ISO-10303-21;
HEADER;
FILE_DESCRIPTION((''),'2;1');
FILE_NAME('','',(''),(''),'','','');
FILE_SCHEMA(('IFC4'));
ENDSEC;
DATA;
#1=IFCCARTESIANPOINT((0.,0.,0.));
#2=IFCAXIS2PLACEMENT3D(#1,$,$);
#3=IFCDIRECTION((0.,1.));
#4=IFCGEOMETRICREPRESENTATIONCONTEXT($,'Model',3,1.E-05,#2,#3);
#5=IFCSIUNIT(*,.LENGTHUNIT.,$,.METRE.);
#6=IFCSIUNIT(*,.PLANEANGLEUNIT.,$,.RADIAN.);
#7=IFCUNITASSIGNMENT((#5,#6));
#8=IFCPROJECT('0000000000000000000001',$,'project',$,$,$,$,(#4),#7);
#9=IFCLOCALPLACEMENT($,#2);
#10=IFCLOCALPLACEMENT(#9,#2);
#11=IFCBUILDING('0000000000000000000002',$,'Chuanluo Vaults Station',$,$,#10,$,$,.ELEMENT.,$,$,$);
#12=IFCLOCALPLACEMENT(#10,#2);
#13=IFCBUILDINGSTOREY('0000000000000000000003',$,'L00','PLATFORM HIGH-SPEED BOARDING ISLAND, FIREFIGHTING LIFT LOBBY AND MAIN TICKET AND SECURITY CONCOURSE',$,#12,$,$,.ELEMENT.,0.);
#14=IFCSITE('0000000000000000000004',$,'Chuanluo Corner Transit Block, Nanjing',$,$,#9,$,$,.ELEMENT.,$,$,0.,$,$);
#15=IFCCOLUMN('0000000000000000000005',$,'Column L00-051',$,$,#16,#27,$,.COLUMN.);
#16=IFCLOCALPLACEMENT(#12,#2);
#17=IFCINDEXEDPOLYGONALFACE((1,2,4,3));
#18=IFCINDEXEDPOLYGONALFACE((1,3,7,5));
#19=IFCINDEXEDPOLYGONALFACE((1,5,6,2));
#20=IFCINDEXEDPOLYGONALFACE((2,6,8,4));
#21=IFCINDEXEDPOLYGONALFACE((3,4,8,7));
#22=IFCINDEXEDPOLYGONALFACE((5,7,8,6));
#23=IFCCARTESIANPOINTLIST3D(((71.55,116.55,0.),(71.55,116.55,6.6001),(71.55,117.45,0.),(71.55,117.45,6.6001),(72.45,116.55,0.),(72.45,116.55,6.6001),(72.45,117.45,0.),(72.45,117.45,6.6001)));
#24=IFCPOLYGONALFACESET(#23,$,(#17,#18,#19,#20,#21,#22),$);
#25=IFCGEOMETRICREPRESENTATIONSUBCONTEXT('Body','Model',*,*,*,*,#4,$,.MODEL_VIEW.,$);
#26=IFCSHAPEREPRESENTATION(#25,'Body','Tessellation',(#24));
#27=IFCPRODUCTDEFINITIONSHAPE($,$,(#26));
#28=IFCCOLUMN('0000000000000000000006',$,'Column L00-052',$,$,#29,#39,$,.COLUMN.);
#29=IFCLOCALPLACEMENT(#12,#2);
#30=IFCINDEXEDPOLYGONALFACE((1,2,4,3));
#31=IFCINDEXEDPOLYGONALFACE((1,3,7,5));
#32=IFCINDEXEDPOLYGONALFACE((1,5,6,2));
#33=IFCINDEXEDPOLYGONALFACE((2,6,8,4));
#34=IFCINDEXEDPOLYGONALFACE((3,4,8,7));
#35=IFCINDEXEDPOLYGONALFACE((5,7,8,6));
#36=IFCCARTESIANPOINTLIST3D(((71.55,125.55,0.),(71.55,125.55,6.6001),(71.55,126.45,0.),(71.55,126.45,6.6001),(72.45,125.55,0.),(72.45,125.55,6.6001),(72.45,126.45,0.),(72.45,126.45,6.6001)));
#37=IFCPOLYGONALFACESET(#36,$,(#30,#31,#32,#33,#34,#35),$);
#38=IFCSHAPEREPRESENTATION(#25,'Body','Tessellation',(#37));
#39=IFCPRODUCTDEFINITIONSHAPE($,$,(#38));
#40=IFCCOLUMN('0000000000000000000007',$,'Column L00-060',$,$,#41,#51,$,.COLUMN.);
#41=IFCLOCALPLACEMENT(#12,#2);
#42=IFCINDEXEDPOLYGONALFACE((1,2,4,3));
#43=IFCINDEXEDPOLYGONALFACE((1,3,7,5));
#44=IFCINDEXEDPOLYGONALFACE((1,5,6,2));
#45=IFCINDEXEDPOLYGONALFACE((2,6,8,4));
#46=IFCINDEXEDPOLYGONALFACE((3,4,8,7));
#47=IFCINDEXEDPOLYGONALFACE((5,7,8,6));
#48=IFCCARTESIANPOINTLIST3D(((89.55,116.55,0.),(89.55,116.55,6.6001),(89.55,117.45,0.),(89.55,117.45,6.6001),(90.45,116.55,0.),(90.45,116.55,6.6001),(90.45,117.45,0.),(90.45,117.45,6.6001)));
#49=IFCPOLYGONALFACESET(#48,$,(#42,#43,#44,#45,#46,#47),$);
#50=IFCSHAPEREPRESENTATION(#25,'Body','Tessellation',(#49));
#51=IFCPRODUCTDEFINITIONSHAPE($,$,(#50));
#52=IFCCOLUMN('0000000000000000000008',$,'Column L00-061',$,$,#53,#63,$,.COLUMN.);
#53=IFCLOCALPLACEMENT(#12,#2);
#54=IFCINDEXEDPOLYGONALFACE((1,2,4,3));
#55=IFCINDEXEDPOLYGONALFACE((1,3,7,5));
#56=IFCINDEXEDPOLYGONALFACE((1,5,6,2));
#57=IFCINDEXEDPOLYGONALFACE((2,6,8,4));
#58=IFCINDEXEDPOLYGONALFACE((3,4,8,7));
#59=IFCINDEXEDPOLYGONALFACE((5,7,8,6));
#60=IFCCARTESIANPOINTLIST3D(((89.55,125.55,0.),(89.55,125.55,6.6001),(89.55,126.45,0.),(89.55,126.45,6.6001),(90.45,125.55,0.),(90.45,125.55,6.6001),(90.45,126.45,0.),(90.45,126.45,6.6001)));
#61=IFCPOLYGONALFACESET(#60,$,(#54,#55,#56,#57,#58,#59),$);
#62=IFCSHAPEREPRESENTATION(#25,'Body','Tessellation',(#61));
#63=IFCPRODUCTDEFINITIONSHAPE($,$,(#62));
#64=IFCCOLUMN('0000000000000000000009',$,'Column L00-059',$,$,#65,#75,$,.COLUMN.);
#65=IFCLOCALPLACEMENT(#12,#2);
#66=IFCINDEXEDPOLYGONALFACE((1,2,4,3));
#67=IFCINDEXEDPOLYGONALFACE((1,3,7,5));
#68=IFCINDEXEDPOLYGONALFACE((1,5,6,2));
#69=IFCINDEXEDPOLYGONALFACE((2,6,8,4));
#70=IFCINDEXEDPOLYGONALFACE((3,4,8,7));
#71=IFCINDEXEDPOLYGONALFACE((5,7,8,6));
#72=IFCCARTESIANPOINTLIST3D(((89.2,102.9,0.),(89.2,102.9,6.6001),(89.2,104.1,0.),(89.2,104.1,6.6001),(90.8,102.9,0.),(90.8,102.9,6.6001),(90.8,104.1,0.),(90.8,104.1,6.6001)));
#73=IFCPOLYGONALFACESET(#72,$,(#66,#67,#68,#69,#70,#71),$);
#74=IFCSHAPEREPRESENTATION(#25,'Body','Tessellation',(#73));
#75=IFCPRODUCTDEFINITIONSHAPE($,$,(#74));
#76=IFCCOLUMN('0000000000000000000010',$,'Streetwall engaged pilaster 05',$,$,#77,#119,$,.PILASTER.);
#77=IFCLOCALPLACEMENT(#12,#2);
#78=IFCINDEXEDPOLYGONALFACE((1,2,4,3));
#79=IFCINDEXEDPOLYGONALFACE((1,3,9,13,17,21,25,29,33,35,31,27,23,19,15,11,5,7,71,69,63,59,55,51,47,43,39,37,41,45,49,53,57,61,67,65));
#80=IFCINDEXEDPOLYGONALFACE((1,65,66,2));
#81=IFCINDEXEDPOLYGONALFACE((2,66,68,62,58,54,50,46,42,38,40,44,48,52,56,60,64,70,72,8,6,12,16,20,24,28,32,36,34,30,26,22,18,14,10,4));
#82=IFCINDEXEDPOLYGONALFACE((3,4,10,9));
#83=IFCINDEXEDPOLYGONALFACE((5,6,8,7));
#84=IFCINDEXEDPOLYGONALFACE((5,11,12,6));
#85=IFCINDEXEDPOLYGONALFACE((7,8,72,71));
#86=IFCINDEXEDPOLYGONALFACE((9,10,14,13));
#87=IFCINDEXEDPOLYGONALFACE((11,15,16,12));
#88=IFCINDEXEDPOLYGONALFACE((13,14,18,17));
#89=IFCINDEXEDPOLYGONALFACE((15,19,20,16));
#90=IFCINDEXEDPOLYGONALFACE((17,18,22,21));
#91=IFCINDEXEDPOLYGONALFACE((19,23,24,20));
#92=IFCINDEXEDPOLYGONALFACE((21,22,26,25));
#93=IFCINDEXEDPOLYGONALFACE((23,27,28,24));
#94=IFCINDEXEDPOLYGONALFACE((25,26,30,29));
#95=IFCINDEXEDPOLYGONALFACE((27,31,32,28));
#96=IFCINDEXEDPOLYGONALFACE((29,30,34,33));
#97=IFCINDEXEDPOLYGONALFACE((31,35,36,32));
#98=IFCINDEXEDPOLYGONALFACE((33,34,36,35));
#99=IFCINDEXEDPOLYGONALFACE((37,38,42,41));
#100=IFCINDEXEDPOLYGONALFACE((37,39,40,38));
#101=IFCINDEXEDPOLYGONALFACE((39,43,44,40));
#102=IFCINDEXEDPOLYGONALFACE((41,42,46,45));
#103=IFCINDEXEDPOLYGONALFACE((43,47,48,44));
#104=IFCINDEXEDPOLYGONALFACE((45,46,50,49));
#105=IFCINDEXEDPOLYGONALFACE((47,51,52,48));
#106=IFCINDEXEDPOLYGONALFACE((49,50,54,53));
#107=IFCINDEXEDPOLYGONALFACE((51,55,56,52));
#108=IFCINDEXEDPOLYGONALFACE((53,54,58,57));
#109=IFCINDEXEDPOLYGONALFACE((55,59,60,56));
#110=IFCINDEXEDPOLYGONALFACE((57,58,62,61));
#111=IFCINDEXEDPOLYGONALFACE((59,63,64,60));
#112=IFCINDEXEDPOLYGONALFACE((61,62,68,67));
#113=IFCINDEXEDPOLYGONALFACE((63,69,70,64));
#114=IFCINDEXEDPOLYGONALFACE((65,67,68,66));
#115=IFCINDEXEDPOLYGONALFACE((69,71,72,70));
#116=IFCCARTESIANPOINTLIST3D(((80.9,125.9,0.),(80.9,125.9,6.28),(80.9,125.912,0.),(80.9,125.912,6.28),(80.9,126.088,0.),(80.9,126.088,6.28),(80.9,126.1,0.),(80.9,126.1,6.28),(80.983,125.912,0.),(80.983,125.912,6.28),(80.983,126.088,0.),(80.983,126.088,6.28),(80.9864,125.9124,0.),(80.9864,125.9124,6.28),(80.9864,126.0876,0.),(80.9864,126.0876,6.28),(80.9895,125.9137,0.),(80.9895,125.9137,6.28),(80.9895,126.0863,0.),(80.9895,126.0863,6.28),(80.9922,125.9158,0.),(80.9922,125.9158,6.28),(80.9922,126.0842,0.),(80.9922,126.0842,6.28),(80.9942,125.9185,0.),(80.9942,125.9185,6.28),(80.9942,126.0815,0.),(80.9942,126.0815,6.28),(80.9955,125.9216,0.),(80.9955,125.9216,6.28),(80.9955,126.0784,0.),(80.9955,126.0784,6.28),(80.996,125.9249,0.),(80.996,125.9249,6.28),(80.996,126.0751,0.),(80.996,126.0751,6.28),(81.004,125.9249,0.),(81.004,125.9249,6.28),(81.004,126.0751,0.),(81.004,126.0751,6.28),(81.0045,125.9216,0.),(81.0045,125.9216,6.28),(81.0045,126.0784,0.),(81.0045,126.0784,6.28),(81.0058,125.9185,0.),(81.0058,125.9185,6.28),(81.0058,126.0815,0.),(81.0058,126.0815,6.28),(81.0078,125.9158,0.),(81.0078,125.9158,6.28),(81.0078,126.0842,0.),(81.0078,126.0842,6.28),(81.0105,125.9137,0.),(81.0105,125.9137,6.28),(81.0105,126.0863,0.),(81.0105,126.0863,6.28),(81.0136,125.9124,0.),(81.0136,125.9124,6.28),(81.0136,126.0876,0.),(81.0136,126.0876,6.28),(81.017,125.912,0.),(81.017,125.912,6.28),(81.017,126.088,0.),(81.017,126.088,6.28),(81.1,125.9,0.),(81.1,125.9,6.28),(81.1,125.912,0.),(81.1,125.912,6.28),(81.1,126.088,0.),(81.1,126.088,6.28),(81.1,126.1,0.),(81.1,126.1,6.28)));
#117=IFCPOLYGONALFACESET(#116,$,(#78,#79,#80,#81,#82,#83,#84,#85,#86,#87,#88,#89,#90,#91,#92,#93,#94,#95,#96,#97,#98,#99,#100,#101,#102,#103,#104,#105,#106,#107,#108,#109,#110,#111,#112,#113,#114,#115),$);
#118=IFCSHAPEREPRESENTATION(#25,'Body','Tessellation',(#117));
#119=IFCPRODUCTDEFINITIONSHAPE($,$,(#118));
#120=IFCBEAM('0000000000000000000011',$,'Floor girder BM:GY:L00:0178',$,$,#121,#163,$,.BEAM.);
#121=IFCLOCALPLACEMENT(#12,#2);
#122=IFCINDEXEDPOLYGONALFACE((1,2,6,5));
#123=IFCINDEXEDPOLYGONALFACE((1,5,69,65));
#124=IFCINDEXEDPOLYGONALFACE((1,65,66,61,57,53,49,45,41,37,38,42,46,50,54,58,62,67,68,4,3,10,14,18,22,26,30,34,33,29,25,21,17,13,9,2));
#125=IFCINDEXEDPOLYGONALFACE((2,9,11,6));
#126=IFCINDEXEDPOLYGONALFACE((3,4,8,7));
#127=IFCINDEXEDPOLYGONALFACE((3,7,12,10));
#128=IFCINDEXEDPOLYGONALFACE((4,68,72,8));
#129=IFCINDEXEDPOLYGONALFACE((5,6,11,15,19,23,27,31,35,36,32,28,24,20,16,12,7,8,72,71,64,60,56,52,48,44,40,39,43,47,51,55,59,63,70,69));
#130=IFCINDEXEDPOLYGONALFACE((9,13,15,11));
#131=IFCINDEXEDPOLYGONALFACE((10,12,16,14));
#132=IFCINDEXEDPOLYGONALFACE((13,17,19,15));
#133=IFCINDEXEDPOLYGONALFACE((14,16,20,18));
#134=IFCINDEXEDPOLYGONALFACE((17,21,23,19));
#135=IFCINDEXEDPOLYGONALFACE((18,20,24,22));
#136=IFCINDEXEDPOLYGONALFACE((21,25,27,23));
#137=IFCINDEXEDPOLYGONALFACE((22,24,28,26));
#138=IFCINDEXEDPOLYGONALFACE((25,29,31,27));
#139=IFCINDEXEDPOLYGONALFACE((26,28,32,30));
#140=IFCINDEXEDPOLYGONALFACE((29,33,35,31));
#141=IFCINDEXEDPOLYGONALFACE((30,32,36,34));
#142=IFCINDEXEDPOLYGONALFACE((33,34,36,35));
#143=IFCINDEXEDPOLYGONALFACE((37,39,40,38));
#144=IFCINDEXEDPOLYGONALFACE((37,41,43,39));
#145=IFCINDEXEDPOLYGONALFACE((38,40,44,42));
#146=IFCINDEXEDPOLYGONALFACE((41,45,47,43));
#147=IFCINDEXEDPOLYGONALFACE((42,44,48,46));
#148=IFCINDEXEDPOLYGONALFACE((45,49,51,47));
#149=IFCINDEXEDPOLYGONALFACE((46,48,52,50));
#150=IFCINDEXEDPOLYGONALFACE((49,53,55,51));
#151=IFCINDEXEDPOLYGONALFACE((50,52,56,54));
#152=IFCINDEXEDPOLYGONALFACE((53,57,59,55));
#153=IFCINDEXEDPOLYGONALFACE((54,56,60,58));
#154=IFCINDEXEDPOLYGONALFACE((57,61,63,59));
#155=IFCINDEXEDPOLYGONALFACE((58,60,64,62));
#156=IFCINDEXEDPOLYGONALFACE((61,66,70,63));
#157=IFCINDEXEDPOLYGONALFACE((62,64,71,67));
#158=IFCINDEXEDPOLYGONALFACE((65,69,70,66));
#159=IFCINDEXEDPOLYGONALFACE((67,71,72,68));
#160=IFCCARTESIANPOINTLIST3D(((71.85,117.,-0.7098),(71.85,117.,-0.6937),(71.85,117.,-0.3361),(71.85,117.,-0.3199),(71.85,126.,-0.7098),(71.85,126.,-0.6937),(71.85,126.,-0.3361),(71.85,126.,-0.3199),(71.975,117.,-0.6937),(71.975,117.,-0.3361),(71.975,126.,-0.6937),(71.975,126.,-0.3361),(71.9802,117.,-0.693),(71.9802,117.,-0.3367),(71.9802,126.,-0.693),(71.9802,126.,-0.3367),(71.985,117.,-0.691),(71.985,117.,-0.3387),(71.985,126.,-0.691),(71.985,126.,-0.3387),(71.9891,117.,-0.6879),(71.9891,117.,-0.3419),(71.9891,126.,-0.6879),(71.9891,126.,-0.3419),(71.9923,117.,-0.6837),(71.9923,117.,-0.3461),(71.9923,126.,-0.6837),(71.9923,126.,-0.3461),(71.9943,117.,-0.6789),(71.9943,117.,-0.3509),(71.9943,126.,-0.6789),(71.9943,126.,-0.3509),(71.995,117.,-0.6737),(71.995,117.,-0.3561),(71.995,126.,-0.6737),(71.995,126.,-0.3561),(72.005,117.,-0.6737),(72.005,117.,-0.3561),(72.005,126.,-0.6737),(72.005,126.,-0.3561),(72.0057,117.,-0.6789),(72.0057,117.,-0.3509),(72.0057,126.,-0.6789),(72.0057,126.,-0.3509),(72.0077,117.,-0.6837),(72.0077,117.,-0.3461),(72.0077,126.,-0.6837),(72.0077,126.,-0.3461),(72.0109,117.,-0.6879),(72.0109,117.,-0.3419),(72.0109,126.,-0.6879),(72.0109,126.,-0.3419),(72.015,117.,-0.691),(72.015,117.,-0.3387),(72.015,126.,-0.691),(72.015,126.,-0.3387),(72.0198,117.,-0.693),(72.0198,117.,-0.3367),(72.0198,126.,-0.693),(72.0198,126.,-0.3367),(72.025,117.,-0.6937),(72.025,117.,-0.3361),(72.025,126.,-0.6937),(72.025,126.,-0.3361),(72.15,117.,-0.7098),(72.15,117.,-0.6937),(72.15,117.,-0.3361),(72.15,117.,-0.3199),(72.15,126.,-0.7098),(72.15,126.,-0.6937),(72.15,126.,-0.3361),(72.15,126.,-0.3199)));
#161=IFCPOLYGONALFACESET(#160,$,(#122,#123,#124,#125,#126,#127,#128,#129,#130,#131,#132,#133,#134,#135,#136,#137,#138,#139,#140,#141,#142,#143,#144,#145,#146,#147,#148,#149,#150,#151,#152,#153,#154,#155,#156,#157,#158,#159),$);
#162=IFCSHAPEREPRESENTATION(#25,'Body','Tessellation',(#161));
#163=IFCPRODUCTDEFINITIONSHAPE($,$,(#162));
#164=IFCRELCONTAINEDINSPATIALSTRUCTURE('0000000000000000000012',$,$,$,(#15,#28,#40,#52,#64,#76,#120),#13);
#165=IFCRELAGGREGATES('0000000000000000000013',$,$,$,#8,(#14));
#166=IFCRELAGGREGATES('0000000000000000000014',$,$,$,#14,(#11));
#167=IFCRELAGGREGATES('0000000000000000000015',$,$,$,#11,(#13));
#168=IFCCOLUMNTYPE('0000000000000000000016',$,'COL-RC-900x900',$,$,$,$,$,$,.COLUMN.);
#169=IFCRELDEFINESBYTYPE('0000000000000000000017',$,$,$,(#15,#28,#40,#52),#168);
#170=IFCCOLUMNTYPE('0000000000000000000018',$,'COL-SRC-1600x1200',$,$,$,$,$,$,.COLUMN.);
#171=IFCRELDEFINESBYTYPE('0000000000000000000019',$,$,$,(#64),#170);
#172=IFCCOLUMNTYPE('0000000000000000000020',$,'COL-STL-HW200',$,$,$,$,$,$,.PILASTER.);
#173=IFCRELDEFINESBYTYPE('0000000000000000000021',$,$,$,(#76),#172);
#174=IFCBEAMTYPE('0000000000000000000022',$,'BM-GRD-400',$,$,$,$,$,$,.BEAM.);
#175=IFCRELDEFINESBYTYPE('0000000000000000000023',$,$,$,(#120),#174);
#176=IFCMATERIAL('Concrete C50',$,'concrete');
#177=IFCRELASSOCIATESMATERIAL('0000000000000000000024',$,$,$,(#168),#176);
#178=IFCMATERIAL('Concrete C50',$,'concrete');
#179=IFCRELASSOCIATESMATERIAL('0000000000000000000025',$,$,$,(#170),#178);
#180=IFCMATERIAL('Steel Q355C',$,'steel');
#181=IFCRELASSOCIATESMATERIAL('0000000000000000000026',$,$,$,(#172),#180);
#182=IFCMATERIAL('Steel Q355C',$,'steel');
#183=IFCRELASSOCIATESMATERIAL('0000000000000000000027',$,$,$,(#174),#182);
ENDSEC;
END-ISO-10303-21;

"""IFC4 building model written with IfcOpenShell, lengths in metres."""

from ifc_helpers import new_model, si_unit, direction, frame, origin, origin_2d, place, context, subcontext, project, spatial, rectangle, i_section, extrude, material, material_profile, profile_set, type_object, element, save


model = new_model("IFC4")

# Units and contexts
model_context = context("Model", 3, precision=1e-05, world=origin(), true_north=direction((0.0, 1.0)))
body_context = subcontext(model_context, "Body", "Model", "MODEL_VIEW")
ifc_project = project(units=[si_unit("LENGTHUNIT", "METRE"), si_unit("PLANEANGLEUNIT", "RADIAN")], contexts=[model_context])

# Site, building, storey
site_placement = place(None, origin())
site = spatial("IfcSite", under=ifc_project, at=site_placement, Name="Chuanluo Corner Transit Block, Nanjing", CompositionType="ELEMENT", RefElevation=0.0)
building_placement = place(site_placement, origin())
building = spatial("IfcBuilding", under=site, at=building_placement, Name="Chuanluo Vaults Station", CompositionType="ELEMENT")
storey_placement = place(building_placement, origin())
storey = spatial("IfcBuildingStorey", under=building, at=storey_placement, Name="L00", Description="PLATFORM HIGH-SPEED BOARDING ISLAND, FIREFIGHTING LIFT LOBBY AND MAIN TICKET AND SECURITY CONCOURSE", CompositionType="ELEMENT", Elevation=0.0)

# Columns
ifc_material_1 = material(Name="Concrete C50", Category="concrete")
ifc_material_profile_1 = material_profile(ifc_material_1, rectangle(XDim=0.8999, YDim=0.8999, at=origin_2d()))
ifc_profile_set_1 = profile_set([ifc_material_profile_1], Name="Concrete C50")
column_type_1 = type_object("IfcColumnType", Name="COL-RC-900x900", PredefinedType="COLUMN", material=ifc_profile_set_1)
for number, where, z_axis, x_axis, name in (
    (1, (72.0, 117.0, 0.0), (0.0, 0.0, 1.0), (1.0, 0.0, 0.0), "Column L00-051"),
    (2, (72.0, 126.0, 0.0), (0.0, 0.0, 1.0), (1.0, 0.0, 0.0), "Column L00-052"),
    (3, (90.0, 117.0, 0.0), (0.0, 0.0, 1.0), (1.0, 0.0, 0.0), "Column L00-060"),
    (4, (90.0, 126.0, 0.0), (0.0, 0.0, 1.0), (1.0, 0.0, 0.0), "Column L00-061"),
):
    element("IfcColumn", number, at=place(storey_placement, frame(where, z_axis=z_axis, x_axis=x_axis)), inside=storey, type_object=column_type_1, Name=name, PredefinedType="COLUMN", context=body_context, shape_type="SweptSolid", body=[
        extrude(rectangle(XDim=0.8999, YDim=0.8999, at=origin_2d()), origin(), (0.0, 0.0, 1.0), 6.6001),
    ])
ifc_material_2 = material(Name="Concrete C50", Category="concrete")
ifc_material_profile_2 = material_profile(ifc_material_2, rectangle(XDim=1.6001, YDim=1.2, at=origin_2d()))
ifc_profile_set_2 = profile_set([ifc_material_profile_2], Name="Concrete C50")
column_type_2 = type_object("IfcColumnType", Name="COL-SRC-1600x1200", PredefinedType="COLUMN", material=ifc_profile_set_2)
column_1_placement = place(storey_placement, frame((90.0, 103.5, 0.0), z_axis=(0.0, 0.0, 1.0), x_axis=(1.0, 0.0, 0.0)))
element("IfcColumn", 5, at=column_1_placement, inside=storey, type_object=column_type_2, Name="Column L00-059", PredefinedType="COLUMN", context=body_context, shape_type="SweptSolid", body=[
    extrude(rectangle(XDim=1.6001, YDim=1.2, at=origin_2d()), origin(), (0.0, 0.0, 1.0), 6.6001),
])
ifc_material_3 = material(Name="Steel Q355C", Category="steel")
ifc_material_profile_3 = material_profile(ifc_material_3, i_section(OverallWidth=0.2, OverallDepth=0.2, WebThickness=0.0081, FlangeThickness=0.012, FilletRadius=0.0129, at=origin_2d()))
ifc_profile_set_3 = profile_set([ifc_material_profile_3], Name="Steel Q355C")
column_type_3 = type_object("IfcColumnType", Name="COL-STL-HW200", PredefinedType="PILASTER", material=ifc_profile_set_3)
column_2_placement = place(storey_placement, frame((81.0, 126.0, 0.0), z_axis=(0.0, 0.0, 1.0), x_axis=(1.0, 0.0, 0.0)))
element("IfcColumn", 6, at=column_2_placement, inside=storey, type_object=column_type_3, Name="Streetwall engaged pilaster 05", PredefinedType="PILASTER", context=body_context, shape_type="SweptSolid", body=[
    extrude(i_section(OverallWidth=0.2, OverallDepth=0.2, WebThickness=0.0081, FlangeThickness=0.012, FilletRadius=0.0129, at=origin_2d()), origin(), (0.0, 0.0, 1.0), 6.28),
])

# Beam
ifc_material_4 = material(Name="Steel Q355C", Category="steel")
ifc_material_profile_4 = material_profile(ifc_material_4, i_section(OverallWidth=0.3, OverallDepth=0.3899, WebThickness=0.01, FlangeThickness=0.0161, FilletRadius=0.02, at=origin_2d()))
ifc_profile_set_4 = profile_set([ifc_material_profile_4], Name="Steel Q355C")
beam_type_1 = type_object("IfcBeamType", Name="BM-GRD-400", PredefinedType="BEAM", material=ifc_profile_set_4)
beam_1_placement = place(storey_placement, frame((72.0, 117.0, -0.5149), z_axis=(0.0, 1.0, 0.0), x_axis=(-1.0, 0.0, 0.0)))
element("IfcBeam", 7, at=beam_1_placement, inside=storey, type_object=beam_type_1, Name="Floor girder BM:GY:L00:0178", PredefinedType="BEAM", context=body_context, shape_type="SweptSolid", body=[
    extrude(i_section(OverallWidth=0.3, OverallDepth=0.3899, WebThickness=0.01, FlangeThickness=0.0161, FilletRadius=0.02, at=origin_2d()), origin(), (0.0, 0.0, 1.0), 9.0),
])

save(model, "model.ifc")
